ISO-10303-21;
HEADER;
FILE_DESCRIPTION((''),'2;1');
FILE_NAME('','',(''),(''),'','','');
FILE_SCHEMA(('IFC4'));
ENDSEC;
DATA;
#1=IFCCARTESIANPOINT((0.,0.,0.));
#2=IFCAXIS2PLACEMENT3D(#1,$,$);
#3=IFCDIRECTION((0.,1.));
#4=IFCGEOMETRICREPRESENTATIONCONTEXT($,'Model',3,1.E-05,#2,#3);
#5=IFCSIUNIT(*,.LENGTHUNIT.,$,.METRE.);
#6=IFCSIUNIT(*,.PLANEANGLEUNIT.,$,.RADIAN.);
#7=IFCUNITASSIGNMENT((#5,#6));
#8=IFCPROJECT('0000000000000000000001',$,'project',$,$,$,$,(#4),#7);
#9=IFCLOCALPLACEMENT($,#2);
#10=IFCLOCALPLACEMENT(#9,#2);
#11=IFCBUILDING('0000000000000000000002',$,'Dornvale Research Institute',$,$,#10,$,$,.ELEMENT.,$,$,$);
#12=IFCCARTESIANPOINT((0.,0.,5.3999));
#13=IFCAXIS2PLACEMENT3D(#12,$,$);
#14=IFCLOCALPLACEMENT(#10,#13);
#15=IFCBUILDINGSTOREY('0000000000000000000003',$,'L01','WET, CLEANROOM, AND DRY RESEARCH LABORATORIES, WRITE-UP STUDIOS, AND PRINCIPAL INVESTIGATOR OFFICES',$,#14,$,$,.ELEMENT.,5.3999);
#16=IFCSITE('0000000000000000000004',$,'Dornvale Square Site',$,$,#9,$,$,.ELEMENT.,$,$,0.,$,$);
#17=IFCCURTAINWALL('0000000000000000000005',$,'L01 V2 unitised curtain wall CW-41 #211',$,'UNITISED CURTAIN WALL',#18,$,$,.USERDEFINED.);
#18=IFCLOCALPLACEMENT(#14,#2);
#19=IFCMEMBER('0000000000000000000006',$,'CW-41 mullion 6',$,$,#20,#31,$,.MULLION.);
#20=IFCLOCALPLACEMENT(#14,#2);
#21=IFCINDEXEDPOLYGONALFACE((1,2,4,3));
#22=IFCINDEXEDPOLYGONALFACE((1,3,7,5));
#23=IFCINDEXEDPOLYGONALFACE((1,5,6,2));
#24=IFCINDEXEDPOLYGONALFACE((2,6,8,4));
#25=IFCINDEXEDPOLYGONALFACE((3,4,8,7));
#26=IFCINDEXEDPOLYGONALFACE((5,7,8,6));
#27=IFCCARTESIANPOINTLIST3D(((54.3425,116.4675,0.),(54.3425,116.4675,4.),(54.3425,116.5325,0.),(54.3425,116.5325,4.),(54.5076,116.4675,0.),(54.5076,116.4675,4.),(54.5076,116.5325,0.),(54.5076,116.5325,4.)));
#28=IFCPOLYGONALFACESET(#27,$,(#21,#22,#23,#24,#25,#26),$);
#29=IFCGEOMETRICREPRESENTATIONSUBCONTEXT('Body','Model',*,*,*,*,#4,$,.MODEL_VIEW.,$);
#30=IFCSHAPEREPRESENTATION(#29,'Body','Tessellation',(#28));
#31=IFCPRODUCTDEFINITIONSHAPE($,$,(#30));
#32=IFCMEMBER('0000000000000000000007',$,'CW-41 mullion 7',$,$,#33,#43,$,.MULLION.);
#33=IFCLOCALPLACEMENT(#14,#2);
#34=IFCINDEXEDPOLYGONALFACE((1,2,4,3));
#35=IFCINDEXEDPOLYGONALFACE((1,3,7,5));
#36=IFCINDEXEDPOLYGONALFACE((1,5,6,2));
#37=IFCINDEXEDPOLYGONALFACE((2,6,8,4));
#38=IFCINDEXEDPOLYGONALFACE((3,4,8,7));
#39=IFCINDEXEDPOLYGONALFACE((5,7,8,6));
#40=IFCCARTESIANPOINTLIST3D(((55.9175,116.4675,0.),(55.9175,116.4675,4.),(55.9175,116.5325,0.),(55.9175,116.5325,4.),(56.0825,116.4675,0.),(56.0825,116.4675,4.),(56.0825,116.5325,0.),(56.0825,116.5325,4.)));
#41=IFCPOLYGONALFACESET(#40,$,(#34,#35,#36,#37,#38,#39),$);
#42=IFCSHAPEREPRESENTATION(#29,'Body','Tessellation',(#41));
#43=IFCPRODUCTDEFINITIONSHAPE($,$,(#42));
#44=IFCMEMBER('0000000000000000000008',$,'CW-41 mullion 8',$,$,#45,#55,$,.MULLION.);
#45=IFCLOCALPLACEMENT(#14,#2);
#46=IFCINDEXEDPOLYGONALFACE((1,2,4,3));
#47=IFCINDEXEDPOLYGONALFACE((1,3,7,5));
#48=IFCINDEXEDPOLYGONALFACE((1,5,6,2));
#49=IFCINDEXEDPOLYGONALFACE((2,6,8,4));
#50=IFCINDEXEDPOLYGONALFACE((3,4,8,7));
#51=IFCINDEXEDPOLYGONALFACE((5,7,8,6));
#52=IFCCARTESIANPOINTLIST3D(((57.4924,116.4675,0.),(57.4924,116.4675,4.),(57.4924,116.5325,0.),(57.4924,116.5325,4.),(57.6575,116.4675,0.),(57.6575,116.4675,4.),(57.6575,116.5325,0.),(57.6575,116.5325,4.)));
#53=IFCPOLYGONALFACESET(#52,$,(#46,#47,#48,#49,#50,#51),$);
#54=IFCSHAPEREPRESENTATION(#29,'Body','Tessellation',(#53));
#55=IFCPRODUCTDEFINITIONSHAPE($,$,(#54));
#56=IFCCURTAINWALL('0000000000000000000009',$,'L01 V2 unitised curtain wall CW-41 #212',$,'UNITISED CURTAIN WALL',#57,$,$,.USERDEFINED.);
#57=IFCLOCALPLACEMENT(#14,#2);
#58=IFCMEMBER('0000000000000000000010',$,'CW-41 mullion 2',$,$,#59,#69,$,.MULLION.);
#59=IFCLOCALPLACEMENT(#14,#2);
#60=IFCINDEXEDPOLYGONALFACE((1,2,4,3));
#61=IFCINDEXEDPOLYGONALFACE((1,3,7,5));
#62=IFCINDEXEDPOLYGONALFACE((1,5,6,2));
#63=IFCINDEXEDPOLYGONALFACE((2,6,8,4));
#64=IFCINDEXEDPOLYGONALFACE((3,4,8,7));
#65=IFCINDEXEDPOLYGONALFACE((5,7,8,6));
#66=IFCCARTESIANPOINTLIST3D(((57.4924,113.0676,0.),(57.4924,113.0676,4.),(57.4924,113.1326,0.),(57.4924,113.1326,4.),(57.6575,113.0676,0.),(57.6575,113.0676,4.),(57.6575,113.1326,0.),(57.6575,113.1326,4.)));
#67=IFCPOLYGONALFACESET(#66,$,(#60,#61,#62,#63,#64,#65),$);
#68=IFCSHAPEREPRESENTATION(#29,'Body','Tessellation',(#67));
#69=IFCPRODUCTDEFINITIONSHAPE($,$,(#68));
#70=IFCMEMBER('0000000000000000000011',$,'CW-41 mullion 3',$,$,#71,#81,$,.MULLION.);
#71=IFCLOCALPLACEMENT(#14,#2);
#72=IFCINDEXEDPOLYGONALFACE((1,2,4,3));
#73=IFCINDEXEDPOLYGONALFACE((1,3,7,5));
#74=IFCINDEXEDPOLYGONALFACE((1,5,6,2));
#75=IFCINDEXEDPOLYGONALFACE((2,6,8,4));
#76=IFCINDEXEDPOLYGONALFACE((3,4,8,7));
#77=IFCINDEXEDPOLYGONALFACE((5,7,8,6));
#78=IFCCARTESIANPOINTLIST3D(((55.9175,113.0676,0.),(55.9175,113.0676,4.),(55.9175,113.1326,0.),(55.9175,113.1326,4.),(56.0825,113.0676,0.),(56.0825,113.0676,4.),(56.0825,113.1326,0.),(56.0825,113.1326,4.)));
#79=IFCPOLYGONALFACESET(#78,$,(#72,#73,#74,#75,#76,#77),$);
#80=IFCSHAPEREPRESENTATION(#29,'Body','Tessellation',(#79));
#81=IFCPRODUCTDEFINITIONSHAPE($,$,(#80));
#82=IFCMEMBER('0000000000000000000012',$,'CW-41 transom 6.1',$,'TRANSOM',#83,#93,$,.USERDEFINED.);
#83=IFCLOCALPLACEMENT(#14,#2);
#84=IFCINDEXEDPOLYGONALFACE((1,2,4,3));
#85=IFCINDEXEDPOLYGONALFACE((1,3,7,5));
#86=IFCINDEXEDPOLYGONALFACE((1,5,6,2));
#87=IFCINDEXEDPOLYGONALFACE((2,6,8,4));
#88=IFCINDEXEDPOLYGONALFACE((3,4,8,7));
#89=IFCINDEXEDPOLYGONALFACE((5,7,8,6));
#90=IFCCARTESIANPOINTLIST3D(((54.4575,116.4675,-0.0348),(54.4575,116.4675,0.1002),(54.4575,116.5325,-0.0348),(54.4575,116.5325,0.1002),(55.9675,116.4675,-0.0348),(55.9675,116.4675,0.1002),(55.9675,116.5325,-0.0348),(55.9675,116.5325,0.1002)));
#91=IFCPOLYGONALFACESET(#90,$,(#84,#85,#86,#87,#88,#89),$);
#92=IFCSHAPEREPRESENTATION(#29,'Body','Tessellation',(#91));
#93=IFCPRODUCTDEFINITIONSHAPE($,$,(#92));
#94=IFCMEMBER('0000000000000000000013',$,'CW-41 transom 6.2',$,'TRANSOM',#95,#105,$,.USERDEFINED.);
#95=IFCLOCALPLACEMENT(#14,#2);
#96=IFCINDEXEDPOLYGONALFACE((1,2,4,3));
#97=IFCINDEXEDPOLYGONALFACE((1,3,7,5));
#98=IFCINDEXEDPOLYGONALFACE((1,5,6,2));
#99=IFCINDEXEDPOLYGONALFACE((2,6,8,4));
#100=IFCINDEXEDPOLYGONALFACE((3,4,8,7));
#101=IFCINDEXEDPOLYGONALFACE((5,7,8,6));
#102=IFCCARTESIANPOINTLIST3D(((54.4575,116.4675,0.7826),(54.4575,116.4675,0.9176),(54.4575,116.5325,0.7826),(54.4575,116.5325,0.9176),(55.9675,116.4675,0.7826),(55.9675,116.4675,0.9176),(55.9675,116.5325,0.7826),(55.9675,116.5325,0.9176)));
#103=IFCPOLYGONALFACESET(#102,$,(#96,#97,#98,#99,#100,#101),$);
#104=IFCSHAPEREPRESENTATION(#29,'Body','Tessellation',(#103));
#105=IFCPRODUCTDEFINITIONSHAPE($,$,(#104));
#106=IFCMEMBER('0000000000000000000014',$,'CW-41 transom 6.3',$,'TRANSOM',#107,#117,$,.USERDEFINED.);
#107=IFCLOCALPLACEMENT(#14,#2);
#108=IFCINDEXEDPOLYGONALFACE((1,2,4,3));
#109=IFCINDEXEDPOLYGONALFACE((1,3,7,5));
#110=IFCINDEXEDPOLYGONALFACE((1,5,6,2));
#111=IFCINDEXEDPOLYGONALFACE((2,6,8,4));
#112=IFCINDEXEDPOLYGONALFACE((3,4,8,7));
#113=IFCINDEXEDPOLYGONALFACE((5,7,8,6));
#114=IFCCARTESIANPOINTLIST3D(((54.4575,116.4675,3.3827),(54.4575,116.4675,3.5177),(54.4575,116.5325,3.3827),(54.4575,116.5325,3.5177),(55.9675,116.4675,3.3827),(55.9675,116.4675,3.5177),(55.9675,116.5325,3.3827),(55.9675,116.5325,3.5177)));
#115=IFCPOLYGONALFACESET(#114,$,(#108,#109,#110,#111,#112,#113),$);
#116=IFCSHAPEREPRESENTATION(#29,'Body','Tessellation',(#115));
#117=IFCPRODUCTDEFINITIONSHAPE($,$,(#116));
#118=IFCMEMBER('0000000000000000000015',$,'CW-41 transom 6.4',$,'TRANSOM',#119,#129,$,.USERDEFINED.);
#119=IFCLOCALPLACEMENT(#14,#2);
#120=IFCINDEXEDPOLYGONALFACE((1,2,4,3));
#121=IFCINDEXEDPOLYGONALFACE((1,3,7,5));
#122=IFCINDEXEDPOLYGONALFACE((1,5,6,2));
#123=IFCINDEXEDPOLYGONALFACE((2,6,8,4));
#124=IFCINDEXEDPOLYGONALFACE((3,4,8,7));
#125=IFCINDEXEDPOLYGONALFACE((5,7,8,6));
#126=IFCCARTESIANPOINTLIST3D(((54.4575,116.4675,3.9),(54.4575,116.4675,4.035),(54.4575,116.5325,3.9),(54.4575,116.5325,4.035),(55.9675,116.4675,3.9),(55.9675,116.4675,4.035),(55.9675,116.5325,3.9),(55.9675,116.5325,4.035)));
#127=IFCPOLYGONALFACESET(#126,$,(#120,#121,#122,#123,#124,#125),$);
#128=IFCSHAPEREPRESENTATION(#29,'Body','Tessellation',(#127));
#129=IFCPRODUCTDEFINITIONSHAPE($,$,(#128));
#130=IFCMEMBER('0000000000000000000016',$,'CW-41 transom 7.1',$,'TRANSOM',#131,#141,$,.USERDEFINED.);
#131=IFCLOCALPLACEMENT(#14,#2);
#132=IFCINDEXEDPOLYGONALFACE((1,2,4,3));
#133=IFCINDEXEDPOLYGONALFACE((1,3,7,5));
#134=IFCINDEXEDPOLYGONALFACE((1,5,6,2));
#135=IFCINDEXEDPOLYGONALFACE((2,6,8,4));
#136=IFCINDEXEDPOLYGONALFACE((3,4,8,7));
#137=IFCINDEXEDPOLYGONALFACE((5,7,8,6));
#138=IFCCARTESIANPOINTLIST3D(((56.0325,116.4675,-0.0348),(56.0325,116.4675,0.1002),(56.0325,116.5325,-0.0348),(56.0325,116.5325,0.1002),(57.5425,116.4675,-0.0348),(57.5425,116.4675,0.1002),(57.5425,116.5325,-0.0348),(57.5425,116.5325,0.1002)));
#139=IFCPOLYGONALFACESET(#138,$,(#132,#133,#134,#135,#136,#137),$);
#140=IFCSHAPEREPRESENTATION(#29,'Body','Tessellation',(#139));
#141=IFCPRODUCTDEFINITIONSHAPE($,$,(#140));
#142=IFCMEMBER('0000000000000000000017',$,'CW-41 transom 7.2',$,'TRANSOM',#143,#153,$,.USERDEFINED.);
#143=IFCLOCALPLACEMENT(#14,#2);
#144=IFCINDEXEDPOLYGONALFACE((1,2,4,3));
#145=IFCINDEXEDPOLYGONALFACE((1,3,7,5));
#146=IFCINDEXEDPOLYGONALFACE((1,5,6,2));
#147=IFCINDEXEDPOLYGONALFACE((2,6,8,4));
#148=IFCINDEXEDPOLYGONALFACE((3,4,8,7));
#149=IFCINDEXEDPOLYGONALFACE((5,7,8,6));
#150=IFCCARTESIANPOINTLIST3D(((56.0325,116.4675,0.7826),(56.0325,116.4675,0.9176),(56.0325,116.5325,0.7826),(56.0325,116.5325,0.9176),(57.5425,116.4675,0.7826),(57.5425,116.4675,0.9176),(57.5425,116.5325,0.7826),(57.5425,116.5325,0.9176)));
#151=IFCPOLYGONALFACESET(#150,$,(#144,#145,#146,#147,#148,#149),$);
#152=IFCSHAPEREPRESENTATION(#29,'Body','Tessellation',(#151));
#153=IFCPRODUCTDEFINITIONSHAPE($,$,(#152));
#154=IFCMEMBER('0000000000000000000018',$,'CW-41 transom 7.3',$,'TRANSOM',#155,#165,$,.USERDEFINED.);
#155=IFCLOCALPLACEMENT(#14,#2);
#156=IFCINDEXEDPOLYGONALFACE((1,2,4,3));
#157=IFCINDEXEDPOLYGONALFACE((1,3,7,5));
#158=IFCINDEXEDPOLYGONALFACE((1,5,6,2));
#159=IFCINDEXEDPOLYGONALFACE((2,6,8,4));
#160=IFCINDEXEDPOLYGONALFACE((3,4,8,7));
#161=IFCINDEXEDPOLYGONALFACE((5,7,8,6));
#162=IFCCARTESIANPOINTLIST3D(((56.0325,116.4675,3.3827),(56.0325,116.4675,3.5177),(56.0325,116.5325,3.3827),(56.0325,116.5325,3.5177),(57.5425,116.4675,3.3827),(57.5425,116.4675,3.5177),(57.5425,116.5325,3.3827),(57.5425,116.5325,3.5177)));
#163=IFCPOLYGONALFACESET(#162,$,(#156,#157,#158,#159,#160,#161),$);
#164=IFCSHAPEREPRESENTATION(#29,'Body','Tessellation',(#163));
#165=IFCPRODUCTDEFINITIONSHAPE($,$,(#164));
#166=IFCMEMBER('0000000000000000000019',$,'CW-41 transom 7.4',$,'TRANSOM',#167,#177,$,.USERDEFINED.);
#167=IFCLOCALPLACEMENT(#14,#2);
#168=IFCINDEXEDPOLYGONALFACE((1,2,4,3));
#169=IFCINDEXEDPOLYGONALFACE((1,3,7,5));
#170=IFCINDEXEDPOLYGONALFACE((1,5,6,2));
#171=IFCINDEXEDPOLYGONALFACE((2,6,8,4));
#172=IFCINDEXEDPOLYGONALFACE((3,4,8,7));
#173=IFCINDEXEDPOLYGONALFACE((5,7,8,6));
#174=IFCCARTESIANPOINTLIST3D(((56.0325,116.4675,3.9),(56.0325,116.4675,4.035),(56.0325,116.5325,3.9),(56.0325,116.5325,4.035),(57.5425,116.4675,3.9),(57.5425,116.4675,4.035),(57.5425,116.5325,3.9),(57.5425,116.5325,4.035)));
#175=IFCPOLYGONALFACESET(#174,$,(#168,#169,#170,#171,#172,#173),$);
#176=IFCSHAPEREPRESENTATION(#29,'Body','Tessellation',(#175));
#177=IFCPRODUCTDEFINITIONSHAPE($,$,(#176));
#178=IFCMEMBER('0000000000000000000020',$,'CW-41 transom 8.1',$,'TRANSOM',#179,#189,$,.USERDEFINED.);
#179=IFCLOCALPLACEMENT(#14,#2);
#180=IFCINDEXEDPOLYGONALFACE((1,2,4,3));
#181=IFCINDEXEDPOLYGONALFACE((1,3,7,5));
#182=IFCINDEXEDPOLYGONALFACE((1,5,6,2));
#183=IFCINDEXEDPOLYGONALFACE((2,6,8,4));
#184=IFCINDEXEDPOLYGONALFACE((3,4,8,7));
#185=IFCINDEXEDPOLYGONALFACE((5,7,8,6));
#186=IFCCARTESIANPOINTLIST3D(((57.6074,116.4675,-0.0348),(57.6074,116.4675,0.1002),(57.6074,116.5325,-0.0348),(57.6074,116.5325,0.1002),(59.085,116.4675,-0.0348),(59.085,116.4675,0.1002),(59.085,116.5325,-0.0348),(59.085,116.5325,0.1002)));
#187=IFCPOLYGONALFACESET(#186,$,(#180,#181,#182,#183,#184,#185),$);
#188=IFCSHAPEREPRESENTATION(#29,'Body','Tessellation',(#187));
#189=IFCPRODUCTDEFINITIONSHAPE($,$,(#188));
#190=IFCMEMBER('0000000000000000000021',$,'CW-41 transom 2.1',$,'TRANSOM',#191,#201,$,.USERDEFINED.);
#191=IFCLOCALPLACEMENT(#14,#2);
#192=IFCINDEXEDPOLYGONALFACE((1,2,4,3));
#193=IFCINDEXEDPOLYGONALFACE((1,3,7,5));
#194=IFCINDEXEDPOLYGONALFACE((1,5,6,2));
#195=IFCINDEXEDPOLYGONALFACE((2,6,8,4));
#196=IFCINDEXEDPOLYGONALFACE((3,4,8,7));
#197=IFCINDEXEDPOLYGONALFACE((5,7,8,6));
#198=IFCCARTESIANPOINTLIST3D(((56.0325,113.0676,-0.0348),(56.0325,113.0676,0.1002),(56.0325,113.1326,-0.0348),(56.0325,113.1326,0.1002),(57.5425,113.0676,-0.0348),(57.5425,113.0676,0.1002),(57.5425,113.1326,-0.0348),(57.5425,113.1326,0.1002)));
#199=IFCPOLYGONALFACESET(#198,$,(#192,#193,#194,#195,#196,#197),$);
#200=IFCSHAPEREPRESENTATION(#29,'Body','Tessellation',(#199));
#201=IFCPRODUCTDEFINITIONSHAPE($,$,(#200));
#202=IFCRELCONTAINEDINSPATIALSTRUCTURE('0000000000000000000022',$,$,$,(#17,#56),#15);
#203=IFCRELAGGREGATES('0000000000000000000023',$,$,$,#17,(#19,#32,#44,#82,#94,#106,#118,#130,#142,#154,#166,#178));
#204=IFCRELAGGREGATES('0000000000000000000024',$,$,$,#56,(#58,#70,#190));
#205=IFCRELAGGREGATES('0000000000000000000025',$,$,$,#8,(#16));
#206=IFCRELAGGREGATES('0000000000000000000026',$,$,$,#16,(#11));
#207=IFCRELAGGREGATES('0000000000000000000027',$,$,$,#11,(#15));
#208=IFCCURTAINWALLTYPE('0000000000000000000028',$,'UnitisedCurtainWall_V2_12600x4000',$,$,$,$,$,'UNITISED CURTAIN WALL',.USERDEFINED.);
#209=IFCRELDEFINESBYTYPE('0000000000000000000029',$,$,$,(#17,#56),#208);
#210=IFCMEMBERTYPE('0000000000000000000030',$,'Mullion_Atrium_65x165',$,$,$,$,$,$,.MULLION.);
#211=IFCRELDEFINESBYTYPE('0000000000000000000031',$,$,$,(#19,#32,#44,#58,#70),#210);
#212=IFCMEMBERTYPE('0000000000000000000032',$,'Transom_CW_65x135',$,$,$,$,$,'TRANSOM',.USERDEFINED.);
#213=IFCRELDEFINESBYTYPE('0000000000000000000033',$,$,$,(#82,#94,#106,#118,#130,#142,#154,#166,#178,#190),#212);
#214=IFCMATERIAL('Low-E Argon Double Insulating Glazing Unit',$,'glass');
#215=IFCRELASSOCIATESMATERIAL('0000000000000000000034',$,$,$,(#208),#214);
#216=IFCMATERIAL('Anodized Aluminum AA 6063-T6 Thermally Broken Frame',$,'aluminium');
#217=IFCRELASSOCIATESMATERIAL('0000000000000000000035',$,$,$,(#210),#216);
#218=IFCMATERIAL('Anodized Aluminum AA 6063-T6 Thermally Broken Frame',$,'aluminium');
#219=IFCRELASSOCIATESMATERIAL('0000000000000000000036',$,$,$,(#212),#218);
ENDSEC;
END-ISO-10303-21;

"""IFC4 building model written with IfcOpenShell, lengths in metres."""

from ifc_helpers import new_model, si_unit, direction, frame, origin, origin_2d, place, context, subcontext, project, spatial, rectangle, extrude, material, material_profile, profile_set, type_object, element, aggregate, save


model = new_model("IFC4")

# Units and contexts
model_context = context("Model", 3, precision=1e-05, world=origin(), true_north=direction((0.0, 1.0)))
body_context = subcontext(model_context, "Body", "Model", "MODEL_VIEW")
ifc_project = project(units=[si_unit("LENGTHUNIT", "METRE"), si_unit("PLANEANGLEUNIT", "RADIAN")], contexts=[model_context])

# Site, building, storey
site_placement = place(None, origin())
site = spatial("IfcSite", under=ifc_project, at=site_placement, Name="Dornvale Square Site", CompositionType="ELEMENT", RefElevation=0.0)
building_placement = place(site_placement, origin())
building = spatial("IfcBuilding", under=site, at=building_placement, Name="Dornvale Research Institute", CompositionType="ELEMENT")
storey_placement = place(building_placement, frame((0.0, 0.0, 5.3999)))
storey = spatial("IfcBuildingStorey", under=building, at=storey_placement, Name="L01", Description="WET, CLEANROOM, AND DRY RESEARCH LABORATORIES, WRITE-UP STUDIOS, AND PRINCIPAL INVESTIGATOR OFFICES", CompositionType="ELEMENT", Elevation=5.3999)

# Curtain walls, members
ifc_material_1 = material(Name="Low-E Argon Double Insulating Glazing Unit", Category="glass")
curtain_wall_type = type_object("IfcCurtainWallType", Name="UnitisedCurtainWall_V2_12600x4000", ElementType="UNITISED CURTAIN WALL", PredefinedType="USERDEFINED", material=ifc_material_1)
curtain_wall_1_placement = place(storey_placement, origin())
curtain_wall_1 = element("IfcCurtainWall", 1, at=curtain_wall_1_placement, inside=storey, type_object=curtain_wall_type, Name="L01 V2 unitised curtain wall CW-41 #211", ObjectType="UNITISED CURTAIN WALL", PredefinedType="USERDEFINED")
ifc_material_2 = material(Name="Anodized Aluminum AA 6063-T6 Thermally Broken Frame", Category="aluminium")
ifc_material_profile_1 = material_profile(ifc_material_2, rectangle(XDim=0.0649, YDim=0.165, at=origin_2d()), Name="ALU MULLION 65x165")
ifc_profile_set_1 = profile_set([ifc_material_profile_1], Name="Anodized Aluminum AA 6063-T6 Thermally Broken Frame")
member_type_1 = type_object("IfcMemberType", Name="Mullion_Atrium_65x165", PredefinedType="MULLION", material=ifc_profile_set_1)
member_1_placement = place(storey_placement, frame((54.425, 116.5, 0.0), z_axis=(0.0, 0.0, 1.0), x_axis=(0.0, 1.0, 0.0)))
member_1 = element("IfcMember", 2, at=member_1_placement, type_object=member_type_1, Name="CW-41 mullion 6", PredefinedType="MULLION", context=body_context, shape_type="SweptSolid", body=[
    extrude(rectangle(XDim=0.0649, YDim=0.165, at=origin_2d()), origin(), (0.0, 0.0, 1.0), 4.0),
])
member_2_placement = place(storey_placement, frame((56.0, 116.5, 0.0), z_axis=(0.0, 0.0, 1.0), x_axis=(0.0, 1.0, 0.0)))
member_2 = element("IfcMember", 3, at=member_2_placement, type_object=member_type_1, Name="CW-41 mullion 7", PredefinedType="MULLION", context=body_context, shape_type="SweptSolid", body=[
    extrude(rectangle(XDim=0.0649, YDim=0.165, at=origin_2d()), origin(), (0.0, 0.0, 1.0), 4.0),
])
member_3_placement = place(storey_placement, frame((57.575, 116.5, 0.0), z_axis=(0.0, 0.0, 1.0), x_axis=(0.0, 1.0, 0.0)))
member_3 = element("IfcMember", 4, at=member_3_placement, type_object=member_type_1, Name="CW-41 mullion 8", PredefinedType="MULLION", context=body_context, shape_type="SweptSolid", body=[
    extrude(rectangle(XDim=0.0649, YDim=0.165, at=origin_2d()), origin(), (0.0, 0.0, 1.0), 4.0),
])
curtain_wall_2_placement = place(storey_placement, origin())
curtain_wall_2 = element("IfcCurtainWall", 5, at=curtain_wall_2_placement, inside=storey, type_object=curtain_wall_type, Name="L01 V2 unitised curtain wall CW-41 #212", ObjectType="UNITISED CURTAIN WALL", PredefinedType="USERDEFINED")
member_4_placement = place(storey_placement, frame((57.575, 113.1001, 0.0), z_axis=(0.0, 0.0, 1.0), x_axis=(0.0, -1.0, 0.0)))
member_4 = element("IfcMember", 6, at=member_4_placement, type_object=member_type_1, Name="CW-41 mullion 2", PredefinedType="MULLION", context=body_context, shape_type="SweptSolid", body=[
    extrude(rectangle(XDim=0.0649, YDim=0.165, at=origin_2d()), origin(), (0.0, 0.0, 1.0), 4.0),
])
member_5_placement = place(storey_placement, frame((56.0, 113.1001, 0.0), z_axis=(0.0, 0.0, 1.0), x_axis=(0.0, -1.0, 0.0)))
member_5 = element("IfcMember", 7, at=member_5_placement, type_object=member_type_1, Name="CW-41 mullion 3", PredefinedType="MULLION", context=body_context, shape_type="SweptSolid", body=[
    extrude(rectangle(XDim=0.0649, YDim=0.165, at=origin_2d()), origin(), (0.0, 0.0, 1.0), 4.0),
])

# Members
ifc_material_3 = material(Name="Anodized Aluminum AA 6063-T6 Thermally Broken Frame", Category="aluminium")
ifc_material_profile_2 = material_profile(ifc_material_3, rectangle(XDim=0.0649, YDim=0.135, at=origin_2d()), Name="ALU TRANSOM 65x135")
ifc_profile_set_2 = profile_set([ifc_material_profile_2], Name="Anodized Aluminum AA 6063-T6 Thermally Broken Frame")
member_type_2 = type_object("IfcMemberType", Name="Transom_CW_65x135", ElementType="TRANSOM", PredefinedType="USERDEFINED", material=ifc_profile_set_2)
member_6_placement = place(storey_placement, frame((54.4575, 116.5, 0.0327), z_axis=(1.0, 0.0, 0.0), x_axis=(0.0, 1.0, 0.0)))
member_6 = element("IfcMember", 8, at=member_6_placement, type_object=member_type_2, Name="CW-41 transom 6.1", ObjectType="TRANSOM", PredefinedType="USERDEFINED", context=body_context, shape_type="SweptSolid", body=[
    extrude(rectangle(XDim=0.0649, YDim=0.135, at=origin_2d()), origin(), (0.0, 0.0, 1.0), 1.51),
])
member_7_placement = place(storey_placement, frame((54.4575, 116.5, 0.8501), z_axis=(1.0, 0.0, 0.0), x_axis=(0.0, 1.0, 0.0)))
member_7 = element("IfcMember", 9, at=member_7_placement, type_object=member_type_2, Name="CW-41 transom 6.2", ObjectType="TRANSOM", PredefinedType="USERDEFINED", context=body_context, shape_type="SweptSolid", body=[
    extrude(rectangle(XDim=0.0649, YDim=0.135, at=origin_2d()), origin(), (0.0, 0.0, 1.0), 1.51),
])
member_8_placement = place(storey_placement, frame((54.4575, 116.5, 3.4502), z_axis=(1.0, 0.0, 0.0), x_axis=(0.0, 1.0, 0.0)))
member_8 = element("IfcMember", 10, at=member_8_placement, type_object=member_type_2, Name="CW-41 transom 6.3", ObjectType="TRANSOM", PredefinedType="USERDEFINED", context=body_context, shape_type="SweptSolid", body=[
    extrude(rectangle(XDim=0.0649, YDim=0.135, at=origin_2d()), origin(), (0.0, 0.0, 1.0), 1.51),
])
member_9_placement = place(storey_placement, frame((54.4575, 116.5, 3.9675), z_axis=(1.0, 0.0, 0.0), x_axis=(0.0, 1.0, 0.0)))
member_9 = element("IfcMember", 11, at=member_9_placement, type_object=member_type_2, Name="CW-41 transom 6.4", ObjectType="TRANSOM", PredefinedType="USERDEFINED", context=body_context, shape_type="SweptSolid", body=[
    extrude(rectangle(XDim=0.0649, YDim=0.135, at=origin_2d()), origin(), (0.0, 0.0, 1.0), 1.51),
])
member_10_placement = place(storey_placement, frame((56.0325, 116.5, 0.0327), z_axis=(1.0, 0.0, 0.0), x_axis=(0.0, 1.0, 0.0)))
member_10 = element("IfcMember", 12, at=member_10_placement, type_object=member_type_2, Name="CW-41 transom 7.1", ObjectType="TRANSOM", PredefinedType="USERDEFINED", context=body_context, shape_type="SweptSolid", body=[
    extrude(rectangle(XDim=0.0649, YDim=0.135, at=origin_2d()), origin(), (0.0, 0.0, 1.0), 1.51),
])
member_11_placement = place(storey_placement, frame((56.0325, 116.5, 0.8501), z_axis=(1.0, 0.0, 0.0), x_axis=(0.0, 1.0, 0.0)))
member_11 = element("IfcMember", 13, at=member_11_placement, type_object=member_type_2, Name="CW-41 transom 7.2", ObjectType="TRANSOM", PredefinedType="USERDEFINED", context=body_context, shape_type="SweptSolid", body=[
    extrude(rectangle(XDim=0.0649, YDim=0.135, at=origin_2d()), origin(), (0.0, 0.0, 1.0), 1.51),
])
member_12_placement = place(storey_placement, frame((56.0325, 116.5, 3.4502), z_axis=(1.0, 0.0, 0.0), x_axis=(0.0, 1.0, 0.0)))
member_12 = element("IfcMember", 14, at=member_12_placement, type_object=member_type_2, Name="CW-41 transom 7.3", ObjectType="TRANSOM", PredefinedType="USERDEFINED", context=body_context, shape_type="SweptSolid", body=[
    extrude(rectangle(XDim=0.0649, YDim=0.135, at=origin_2d()), origin(), (0.0, 0.0, 1.0), 1.51),
])
member_13_placement = place(storey_placement, frame((56.0325, 116.5, 3.9675), z_axis=(1.0, 0.0, 0.0), x_axis=(0.0, 1.0, 0.0)))
member_13 = element("IfcMember", 15, at=member_13_placement, type_object=member_type_2, Name="CW-41 transom 7.4", ObjectType="TRANSOM", PredefinedType="USERDEFINED", context=body_context, shape_type="SweptSolid", body=[
    extrude(rectangle(XDim=0.0649, YDim=0.135, at=origin_2d()), origin(), (0.0, 0.0, 1.0), 1.51),
])
member_14_placement = place(storey_placement, frame((57.6074, 116.5, 0.0327), z_axis=(1.0, 0.0, 0.0), x_axis=(0.0, 1.0, 0.0)))
member_14 = element("IfcMember", 16, at=member_14_placement, type_object=member_type_2, Name="CW-41 transom 8.1", ObjectType="TRANSOM", PredefinedType="USERDEFINED", context=body_context, shape_type="SweptSolid", body=[
    extrude(rectangle(XDim=0.0649, YDim=0.135, at=origin_2d()), origin(), (0.0, 0.0, 1.0), 1.4775),
])
member_15_placement = place(storey_placement, frame((57.5425, 113.1001, 0.0327), z_axis=(-1.0, 0.0, 0.0), x_axis=(0.0, -1.0, 0.0)))
member_15 = element("IfcMember", 17, at=member_15_placement, type_object=member_type_2, Name="CW-41 transom 2.1", ObjectType="TRANSOM", PredefinedType="USERDEFINED", context=body_context, shape_type="SweptSolid", body=[
    extrude(rectangle(XDim=0.0649, YDim=0.135, at=origin_2d()), origin(), (0.0, 0.0, 1.0), 1.51),
])

aggregate(curtain_wall_1, [member_1, member_2, member_3, member_6, member_7, member_8, member_9, member_10, member_11, member_12, member_13, member_14])
aggregate(curtain_wall_2, [member_4, member_5, member_15])

save(model, "model.ifc")
